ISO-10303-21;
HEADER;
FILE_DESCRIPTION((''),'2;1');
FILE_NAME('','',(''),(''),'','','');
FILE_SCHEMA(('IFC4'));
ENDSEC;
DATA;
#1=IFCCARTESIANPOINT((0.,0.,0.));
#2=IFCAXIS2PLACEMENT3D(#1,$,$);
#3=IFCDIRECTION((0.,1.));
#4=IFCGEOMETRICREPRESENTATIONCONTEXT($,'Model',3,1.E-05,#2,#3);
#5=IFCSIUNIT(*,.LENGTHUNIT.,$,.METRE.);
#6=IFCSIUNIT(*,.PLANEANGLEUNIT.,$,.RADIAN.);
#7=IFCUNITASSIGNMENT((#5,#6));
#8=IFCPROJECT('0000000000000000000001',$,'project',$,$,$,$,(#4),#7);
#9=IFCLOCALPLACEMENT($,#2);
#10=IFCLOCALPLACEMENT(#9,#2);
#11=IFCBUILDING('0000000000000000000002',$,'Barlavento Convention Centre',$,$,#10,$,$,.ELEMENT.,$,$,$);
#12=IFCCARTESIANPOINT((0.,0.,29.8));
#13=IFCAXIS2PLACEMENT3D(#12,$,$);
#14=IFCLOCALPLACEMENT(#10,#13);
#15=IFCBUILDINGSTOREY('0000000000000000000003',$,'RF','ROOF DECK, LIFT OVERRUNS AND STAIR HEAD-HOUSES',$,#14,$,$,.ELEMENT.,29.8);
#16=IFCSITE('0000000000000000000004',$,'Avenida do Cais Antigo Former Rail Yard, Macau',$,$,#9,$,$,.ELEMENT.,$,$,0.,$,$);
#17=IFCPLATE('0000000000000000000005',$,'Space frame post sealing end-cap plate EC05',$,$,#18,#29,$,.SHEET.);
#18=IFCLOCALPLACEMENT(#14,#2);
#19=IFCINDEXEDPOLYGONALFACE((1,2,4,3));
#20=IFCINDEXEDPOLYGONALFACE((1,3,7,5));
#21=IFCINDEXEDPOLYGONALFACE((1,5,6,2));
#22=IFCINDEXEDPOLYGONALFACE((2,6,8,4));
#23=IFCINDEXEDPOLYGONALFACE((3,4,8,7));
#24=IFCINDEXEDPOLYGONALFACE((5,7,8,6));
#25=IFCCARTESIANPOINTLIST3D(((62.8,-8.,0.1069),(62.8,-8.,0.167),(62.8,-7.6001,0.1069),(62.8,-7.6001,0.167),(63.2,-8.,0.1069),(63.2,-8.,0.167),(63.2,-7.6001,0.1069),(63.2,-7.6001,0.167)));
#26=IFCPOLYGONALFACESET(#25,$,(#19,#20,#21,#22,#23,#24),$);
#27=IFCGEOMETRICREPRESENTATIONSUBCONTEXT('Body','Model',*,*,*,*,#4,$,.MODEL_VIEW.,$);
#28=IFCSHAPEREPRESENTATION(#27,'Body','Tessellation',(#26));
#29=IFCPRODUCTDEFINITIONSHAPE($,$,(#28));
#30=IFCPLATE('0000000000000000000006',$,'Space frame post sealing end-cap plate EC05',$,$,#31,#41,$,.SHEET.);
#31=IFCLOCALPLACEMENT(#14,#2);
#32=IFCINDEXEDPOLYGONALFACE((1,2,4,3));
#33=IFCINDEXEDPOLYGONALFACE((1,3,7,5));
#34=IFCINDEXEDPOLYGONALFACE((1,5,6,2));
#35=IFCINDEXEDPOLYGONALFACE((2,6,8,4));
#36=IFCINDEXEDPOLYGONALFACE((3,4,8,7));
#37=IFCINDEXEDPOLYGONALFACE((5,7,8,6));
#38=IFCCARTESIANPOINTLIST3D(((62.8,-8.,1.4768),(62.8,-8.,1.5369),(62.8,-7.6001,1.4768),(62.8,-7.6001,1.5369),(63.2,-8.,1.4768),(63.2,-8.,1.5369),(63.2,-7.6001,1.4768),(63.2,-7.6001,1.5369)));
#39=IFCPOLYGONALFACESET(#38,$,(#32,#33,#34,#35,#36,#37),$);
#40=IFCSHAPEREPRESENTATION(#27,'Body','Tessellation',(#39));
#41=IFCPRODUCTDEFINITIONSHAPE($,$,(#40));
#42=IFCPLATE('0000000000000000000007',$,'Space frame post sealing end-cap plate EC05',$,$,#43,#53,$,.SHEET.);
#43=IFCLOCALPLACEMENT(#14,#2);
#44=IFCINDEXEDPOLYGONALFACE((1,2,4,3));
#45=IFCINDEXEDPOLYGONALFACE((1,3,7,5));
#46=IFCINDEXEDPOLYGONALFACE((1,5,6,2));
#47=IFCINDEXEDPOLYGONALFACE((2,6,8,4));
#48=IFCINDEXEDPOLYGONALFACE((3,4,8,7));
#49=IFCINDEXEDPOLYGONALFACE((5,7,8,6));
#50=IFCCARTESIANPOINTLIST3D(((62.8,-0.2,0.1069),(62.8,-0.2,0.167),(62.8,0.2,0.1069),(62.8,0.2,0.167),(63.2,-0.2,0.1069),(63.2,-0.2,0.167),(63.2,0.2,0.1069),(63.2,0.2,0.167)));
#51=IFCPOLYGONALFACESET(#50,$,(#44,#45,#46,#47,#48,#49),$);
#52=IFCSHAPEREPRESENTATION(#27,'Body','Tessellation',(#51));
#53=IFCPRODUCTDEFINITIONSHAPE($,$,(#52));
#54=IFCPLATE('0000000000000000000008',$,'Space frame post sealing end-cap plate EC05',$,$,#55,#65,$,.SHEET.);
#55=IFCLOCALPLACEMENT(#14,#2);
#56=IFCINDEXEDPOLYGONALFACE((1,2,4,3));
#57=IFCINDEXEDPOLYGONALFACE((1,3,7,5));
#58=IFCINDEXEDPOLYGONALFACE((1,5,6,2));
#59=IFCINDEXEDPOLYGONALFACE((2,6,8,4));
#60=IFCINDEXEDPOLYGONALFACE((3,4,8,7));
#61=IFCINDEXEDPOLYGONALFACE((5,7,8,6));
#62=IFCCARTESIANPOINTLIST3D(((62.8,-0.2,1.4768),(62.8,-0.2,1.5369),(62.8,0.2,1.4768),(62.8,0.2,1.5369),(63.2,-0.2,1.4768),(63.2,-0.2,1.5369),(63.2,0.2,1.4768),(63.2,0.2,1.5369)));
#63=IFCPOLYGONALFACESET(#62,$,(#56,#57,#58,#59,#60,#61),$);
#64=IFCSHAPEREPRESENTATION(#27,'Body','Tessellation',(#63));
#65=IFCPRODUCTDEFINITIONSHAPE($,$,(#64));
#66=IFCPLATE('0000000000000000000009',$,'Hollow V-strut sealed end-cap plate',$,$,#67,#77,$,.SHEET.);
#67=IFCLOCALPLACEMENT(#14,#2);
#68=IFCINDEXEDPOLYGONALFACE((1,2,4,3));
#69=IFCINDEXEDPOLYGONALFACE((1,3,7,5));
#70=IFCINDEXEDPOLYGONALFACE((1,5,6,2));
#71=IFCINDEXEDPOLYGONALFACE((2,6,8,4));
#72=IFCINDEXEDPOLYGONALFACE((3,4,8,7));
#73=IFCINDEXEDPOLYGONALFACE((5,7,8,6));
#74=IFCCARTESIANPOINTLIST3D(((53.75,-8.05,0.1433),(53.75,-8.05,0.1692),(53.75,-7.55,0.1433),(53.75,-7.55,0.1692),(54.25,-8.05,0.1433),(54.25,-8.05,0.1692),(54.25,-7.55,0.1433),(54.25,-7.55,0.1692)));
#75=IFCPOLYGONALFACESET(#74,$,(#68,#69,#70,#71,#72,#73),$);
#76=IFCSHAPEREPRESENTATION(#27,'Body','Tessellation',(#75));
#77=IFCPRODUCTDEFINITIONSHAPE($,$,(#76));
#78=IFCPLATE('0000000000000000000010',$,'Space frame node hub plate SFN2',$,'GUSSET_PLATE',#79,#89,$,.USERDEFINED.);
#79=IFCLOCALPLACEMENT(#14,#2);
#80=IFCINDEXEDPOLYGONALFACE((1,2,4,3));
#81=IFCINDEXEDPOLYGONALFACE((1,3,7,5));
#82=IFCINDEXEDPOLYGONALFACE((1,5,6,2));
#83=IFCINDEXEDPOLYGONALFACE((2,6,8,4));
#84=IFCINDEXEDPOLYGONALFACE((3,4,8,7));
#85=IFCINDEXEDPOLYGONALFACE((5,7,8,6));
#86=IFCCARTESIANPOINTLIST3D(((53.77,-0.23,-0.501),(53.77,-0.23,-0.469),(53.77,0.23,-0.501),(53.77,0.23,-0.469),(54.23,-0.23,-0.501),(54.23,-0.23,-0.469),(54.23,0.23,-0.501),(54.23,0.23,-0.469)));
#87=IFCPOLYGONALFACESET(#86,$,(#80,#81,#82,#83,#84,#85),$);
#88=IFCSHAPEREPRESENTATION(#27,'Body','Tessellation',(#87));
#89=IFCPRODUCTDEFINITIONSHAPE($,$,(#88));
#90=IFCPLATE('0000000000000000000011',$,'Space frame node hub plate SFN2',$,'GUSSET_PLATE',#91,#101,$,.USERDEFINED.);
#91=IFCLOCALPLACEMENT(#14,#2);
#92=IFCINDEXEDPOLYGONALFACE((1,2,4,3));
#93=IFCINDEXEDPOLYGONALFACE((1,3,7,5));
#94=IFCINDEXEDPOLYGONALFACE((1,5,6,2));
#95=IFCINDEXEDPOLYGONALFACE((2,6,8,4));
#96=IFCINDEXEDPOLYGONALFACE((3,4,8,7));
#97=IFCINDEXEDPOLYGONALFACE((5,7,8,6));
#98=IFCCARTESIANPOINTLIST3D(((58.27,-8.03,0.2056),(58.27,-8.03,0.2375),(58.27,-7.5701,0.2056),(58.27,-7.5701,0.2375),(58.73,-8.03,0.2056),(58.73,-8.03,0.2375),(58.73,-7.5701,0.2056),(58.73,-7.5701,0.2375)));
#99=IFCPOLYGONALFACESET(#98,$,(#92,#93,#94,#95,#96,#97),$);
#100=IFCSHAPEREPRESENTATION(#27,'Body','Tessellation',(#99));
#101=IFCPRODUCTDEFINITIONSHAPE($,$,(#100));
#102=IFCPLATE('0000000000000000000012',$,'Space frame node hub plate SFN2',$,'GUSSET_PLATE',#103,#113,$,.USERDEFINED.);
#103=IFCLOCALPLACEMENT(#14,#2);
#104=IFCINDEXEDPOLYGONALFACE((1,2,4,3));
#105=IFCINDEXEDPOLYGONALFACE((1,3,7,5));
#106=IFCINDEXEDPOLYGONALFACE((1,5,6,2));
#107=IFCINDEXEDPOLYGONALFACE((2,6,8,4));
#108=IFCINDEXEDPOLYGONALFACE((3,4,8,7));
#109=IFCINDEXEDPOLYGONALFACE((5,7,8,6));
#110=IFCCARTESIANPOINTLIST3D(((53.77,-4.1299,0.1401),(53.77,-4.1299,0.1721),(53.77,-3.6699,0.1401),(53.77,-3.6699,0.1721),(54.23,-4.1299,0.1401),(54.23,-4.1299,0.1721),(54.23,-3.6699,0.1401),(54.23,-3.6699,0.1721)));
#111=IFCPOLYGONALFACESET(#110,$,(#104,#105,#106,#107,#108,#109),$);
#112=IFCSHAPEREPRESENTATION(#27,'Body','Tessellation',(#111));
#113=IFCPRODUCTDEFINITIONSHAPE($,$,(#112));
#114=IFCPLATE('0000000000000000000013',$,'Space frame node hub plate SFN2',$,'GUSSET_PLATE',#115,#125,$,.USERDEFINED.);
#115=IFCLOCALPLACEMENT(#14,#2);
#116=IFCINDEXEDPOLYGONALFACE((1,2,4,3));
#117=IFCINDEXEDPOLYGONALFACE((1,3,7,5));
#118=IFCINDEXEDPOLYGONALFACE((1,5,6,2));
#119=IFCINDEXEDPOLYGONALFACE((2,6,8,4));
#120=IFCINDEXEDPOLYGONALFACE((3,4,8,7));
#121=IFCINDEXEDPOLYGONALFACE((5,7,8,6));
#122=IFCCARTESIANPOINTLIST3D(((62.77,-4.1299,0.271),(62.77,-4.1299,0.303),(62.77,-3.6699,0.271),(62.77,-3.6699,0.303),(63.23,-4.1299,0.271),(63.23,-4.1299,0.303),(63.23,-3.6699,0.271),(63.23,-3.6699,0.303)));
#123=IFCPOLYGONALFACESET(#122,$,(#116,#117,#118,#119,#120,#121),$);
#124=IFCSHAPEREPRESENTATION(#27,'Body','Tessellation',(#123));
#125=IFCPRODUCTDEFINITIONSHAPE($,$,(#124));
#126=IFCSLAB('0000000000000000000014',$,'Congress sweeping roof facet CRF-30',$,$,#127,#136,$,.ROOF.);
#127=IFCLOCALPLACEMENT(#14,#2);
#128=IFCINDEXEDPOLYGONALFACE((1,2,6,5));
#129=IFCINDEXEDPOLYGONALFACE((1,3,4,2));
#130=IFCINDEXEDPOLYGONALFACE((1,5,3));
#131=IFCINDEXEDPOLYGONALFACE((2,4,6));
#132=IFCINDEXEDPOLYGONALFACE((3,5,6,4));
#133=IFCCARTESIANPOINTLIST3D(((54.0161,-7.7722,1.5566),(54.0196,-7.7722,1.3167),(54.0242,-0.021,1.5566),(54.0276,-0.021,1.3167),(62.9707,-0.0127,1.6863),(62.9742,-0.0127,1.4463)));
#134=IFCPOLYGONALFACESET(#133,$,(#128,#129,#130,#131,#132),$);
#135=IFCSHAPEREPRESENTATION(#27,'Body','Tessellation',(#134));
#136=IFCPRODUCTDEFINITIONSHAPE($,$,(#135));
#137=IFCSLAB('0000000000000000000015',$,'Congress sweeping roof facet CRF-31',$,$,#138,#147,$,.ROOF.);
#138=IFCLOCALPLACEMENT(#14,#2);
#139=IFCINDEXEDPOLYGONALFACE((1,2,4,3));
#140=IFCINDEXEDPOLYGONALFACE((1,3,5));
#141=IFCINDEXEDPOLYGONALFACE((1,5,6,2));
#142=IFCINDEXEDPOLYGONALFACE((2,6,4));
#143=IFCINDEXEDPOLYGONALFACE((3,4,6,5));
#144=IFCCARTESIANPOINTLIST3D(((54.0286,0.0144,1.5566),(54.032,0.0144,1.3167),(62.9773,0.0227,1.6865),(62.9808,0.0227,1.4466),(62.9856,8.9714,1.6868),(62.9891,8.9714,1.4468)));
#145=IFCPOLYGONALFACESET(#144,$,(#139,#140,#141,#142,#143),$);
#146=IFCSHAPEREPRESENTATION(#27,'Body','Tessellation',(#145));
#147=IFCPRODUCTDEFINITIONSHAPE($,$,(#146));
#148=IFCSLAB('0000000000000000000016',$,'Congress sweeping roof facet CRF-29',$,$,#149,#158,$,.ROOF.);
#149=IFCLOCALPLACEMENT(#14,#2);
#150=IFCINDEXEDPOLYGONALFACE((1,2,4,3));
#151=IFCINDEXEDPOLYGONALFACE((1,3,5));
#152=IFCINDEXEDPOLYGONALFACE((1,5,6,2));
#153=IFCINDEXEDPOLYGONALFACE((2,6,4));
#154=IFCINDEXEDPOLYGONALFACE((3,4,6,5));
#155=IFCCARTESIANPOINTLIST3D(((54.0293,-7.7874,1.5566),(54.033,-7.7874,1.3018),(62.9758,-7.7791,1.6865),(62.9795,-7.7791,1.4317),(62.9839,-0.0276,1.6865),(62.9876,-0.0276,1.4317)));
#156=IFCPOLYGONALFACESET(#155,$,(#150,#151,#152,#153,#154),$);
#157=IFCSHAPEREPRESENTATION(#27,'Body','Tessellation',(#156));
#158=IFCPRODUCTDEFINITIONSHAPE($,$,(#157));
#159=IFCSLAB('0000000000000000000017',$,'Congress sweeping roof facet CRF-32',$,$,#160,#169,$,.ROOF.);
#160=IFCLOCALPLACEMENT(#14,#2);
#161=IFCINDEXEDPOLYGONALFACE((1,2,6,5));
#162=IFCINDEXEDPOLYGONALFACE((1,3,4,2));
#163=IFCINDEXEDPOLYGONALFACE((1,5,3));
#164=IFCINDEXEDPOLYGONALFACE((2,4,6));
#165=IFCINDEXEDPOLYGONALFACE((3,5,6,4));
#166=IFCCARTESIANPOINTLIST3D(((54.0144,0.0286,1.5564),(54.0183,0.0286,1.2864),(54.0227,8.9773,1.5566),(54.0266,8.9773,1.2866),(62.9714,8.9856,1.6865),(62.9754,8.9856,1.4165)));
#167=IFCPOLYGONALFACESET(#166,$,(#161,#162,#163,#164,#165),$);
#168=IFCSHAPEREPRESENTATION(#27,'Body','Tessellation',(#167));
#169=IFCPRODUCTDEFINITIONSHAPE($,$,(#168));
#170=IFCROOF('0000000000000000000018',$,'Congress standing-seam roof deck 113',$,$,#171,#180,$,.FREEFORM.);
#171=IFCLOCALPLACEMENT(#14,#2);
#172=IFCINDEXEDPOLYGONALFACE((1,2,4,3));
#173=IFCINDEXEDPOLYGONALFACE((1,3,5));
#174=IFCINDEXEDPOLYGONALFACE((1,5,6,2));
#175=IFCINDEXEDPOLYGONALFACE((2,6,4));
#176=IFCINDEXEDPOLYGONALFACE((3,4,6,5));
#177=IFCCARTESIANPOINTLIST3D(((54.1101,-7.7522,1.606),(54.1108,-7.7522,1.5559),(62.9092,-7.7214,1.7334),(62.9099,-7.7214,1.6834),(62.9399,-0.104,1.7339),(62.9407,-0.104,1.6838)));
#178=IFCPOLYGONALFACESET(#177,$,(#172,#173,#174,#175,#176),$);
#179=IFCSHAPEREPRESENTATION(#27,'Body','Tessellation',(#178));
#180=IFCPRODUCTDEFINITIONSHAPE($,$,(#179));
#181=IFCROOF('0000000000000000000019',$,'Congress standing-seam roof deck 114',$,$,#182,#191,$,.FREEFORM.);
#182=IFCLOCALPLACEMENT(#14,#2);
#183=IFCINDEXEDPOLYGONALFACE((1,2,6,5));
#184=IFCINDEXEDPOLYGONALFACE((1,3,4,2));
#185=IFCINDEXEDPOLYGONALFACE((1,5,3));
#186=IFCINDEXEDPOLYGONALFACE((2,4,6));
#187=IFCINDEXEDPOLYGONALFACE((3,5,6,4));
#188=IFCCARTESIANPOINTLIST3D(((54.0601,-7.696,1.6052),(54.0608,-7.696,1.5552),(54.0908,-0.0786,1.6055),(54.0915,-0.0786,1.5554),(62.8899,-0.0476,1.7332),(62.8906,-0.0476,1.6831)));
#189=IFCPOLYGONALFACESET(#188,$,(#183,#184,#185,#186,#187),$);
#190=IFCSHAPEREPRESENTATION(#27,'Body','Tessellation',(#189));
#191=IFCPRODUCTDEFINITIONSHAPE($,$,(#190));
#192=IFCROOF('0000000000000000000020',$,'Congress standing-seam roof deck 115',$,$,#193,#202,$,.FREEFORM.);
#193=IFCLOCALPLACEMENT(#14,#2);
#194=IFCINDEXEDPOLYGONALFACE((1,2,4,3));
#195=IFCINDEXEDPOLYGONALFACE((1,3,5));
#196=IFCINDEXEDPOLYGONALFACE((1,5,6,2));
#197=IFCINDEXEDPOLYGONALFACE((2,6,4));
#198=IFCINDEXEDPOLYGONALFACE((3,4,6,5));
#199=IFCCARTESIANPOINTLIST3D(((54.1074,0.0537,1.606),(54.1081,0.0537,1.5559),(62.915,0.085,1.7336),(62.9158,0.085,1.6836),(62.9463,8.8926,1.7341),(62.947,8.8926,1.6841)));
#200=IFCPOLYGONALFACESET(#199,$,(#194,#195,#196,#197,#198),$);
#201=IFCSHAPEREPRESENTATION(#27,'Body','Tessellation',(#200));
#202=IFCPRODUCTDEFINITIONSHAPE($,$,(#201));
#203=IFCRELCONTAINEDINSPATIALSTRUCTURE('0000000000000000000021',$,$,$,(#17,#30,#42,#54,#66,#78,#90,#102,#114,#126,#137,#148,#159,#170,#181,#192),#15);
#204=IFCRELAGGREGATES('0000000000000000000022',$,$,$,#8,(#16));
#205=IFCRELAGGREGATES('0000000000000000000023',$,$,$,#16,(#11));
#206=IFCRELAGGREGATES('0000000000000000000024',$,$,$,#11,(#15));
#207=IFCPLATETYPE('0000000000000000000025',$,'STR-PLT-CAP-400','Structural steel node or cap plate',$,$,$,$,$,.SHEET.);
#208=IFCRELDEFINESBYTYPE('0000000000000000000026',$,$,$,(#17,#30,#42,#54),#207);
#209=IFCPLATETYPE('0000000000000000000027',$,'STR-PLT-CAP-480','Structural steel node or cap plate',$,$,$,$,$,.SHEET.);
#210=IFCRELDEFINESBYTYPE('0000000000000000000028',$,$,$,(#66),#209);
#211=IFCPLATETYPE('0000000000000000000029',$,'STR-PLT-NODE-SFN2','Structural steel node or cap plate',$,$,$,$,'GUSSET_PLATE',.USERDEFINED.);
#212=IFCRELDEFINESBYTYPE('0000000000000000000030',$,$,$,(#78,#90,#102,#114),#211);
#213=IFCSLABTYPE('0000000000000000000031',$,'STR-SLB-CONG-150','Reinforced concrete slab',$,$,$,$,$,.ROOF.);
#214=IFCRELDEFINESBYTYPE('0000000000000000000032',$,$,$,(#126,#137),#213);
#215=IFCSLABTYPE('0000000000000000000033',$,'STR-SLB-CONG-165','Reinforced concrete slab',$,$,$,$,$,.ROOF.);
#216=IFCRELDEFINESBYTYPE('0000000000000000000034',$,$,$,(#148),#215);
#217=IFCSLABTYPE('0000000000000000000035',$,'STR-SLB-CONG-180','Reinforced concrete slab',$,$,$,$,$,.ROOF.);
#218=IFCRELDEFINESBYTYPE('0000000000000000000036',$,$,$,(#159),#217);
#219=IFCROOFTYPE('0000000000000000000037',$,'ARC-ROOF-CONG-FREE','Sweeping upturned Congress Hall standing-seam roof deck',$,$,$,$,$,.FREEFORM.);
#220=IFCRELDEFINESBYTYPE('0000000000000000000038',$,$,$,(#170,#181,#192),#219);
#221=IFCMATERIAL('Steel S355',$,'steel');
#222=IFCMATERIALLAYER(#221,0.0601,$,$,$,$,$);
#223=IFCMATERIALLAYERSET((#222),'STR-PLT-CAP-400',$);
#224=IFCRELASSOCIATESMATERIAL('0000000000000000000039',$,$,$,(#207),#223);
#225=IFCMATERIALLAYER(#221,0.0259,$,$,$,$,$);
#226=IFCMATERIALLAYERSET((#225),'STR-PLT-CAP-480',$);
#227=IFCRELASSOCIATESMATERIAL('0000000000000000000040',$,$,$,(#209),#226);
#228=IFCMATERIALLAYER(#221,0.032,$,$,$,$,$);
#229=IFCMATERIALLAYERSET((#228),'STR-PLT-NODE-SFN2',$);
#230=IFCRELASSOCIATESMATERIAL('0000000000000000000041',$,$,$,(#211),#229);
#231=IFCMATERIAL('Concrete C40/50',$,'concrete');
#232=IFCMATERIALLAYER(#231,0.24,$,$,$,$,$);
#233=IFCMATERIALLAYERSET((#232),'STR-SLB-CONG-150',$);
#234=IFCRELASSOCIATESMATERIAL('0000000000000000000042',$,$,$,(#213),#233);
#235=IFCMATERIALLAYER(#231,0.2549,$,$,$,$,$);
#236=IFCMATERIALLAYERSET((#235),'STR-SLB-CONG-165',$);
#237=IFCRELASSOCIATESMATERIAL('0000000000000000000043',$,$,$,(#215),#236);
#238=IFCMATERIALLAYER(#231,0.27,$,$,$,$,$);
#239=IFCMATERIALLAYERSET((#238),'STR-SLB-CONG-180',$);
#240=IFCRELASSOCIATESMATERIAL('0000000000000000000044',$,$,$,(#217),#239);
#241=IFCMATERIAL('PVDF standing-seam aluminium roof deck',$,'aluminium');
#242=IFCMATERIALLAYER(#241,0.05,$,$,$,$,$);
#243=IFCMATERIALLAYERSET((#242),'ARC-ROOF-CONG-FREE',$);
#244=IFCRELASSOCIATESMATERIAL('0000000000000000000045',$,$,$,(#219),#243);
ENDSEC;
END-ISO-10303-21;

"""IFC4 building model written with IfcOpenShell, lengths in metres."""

from ifc_helpers import new_model, si_unit, direction, frame, origin, origin_2d, place, context, subcontext, project, spatial, polyline, rectangle, outline, extrude, material, layer, layer_set, type_object, element, save


model = new_model("IFC4")

# Units and contexts
model_context = context("Model", 3, precision=1e-05, world=origin(), true_north=direction((0.0, 1.0)))
body_context = subcontext(model_context, "Body", "Model", "MODEL_VIEW")
ifc_project = project(units=[si_unit("LENGTHUNIT", "METRE"), si_unit("PLANEANGLEUNIT", "RADIAN")], contexts=[model_context])

# Site, building, storey
site_placement = place(None, origin())
site = spatial("IfcSite", under=ifc_project, at=site_placement, Name="Avenida do Cais Antigo Former Rail Yard, Macau", CompositionType="ELEMENT", RefElevation=0.0)
building_placement = place(site_placement, origin())
building = spatial("IfcBuilding", under=site, at=building_placement, Name="Barlavento Convention Centre", CompositionType="ELEMENT")
storey_placement = place(building_placement, frame((0.0, 0.0, 29.8)))
storey = spatial("IfcBuildingStorey", under=building, at=storey_placement, Name="RF", Description="ROOF DECK, LIFT OVERRUNS AND STAIR HEAD-HOUSES", CompositionType="ELEMENT", Elevation=29.8)

# Shared definitions
ifc_material_1 = material(Name="Steel S355", Category="steel")

# Plates
ifc_layer_1 = layer(ifc_material_1, 0.0601)
ifc_layer_set_1 = layer_set([ifc_layer_1], Name="STR-PLT-CAP-400")
plate_type_1 = type_object("IfcPlateType", Name="STR-PLT-CAP-400", Description="Structural steel node or cap plate", PredefinedType="SHEET", material=ifc_layer_set_1)
for number, where, z_axis, x_axis, name in (
    (1, (63.0, -7.8, 0.1069), (0.0, 0.0, 1.0), (1.0, 0.0, 0.0), "Space frame post sealing end-cap plate EC05"),
    (2, (63.0, -7.8, 1.4768), (0.0, 0.0, 1.0), (1.0, 0.0, 0.0), "Space frame post sealing end-cap plate EC05"),
    (3, (63.0, 0.0, 0.1069), (0.0, 0.0, 1.0), (1.0, 0.0, 0.0), "Space frame post sealing end-cap plate EC05"),
    (4, (63.0, 0.0, 1.4768), (0.0, 0.0, 1.0), (1.0, 0.0, 0.0), "Space frame post sealing end-cap plate EC05"),
):
    element("IfcPlate", number, at=place(storey_placement, frame(where, z_axis=z_axis, x_axis=x_axis)), inside=storey, type_object=plate_type_1, Name=name, PredefinedType="SHEET", context=body_context, shape_type="SweptSolid", body=[
        extrude(rectangle(XDim=0.3999, YDim=0.3999, at=origin_2d()), origin(), (0.0, 0.0, 1.0), 0.0601),
    ])
ifc_layer_2 = layer(ifc_material_1, 0.0259)
ifc_layer_set_2 = layer_set([ifc_layer_2], Name="STR-PLT-CAP-480")
plate_type_2 = type_object("IfcPlateType", Name="STR-PLT-CAP-480", Description="Structural steel node or cap plate", PredefinedType="SHEET", material=ifc_layer_set_2)
plate_placement = place(storey_placement, frame((54.0, -7.8, 0.1433), z_axis=(0.0, 0.0, 1.0), x_axis=(1.0, 0.0, 0.0)))
element("IfcPlate", 5, at=plate_placement, inside=storey, type_object=plate_type_2, Name="Hollow V-strut sealed end-cap plate", PredefinedType="SHEET", context=body_context, shape_type="SweptSolid", body=[
    extrude(rectangle(XDim=0.5, YDim=0.5, at=origin_2d()), origin(), (0.0, 0.0, 1.0), 0.0259),
])
ifc_layer_3 = layer(ifc_material_1, 0.032)
ifc_layer_set_3 = layer_set([ifc_layer_3], Name="STR-PLT-NODE-SFN2")
plate_type_3 = type_object("IfcPlateType", Name="STR-PLT-NODE-SFN2", Description="Structural steel node or cap plate", ElementType="GUSSET_PLATE", PredefinedType="USERDEFINED", material=ifc_layer_set_3)
for number, where, z_axis, x_axis, name in (
    (6, (54.0, 0.0, -0.501), (0.0, 0.0, 1.0), (1.0, 0.0, 0.0), "Space frame node hub plate SFN2"),
    (7, (58.5, -7.8, 0.2056), (0.0, 0.0, 1.0), (1.0, 0.0, 0.0), "Space frame node hub plate SFN2"),
    (8, (54.0, -3.8999, 0.1401), (0.0, 0.0, 1.0), (1.0, 0.0, 0.0), "Space frame node hub plate SFN2"),
    (9, (63.0, -3.8999, 0.271), (0.0, 0.0, 1.0), (1.0, 0.0, 0.0), "Space frame node hub plate SFN2"),
):
    element("IfcPlate", number, at=place(storey_placement, frame(where, z_axis=z_axis, x_axis=x_axis)), inside=storey, type_object=plate_type_3, Name=name, ObjectType="GUSSET_PLATE", PredefinedType="USERDEFINED", context=body_context, shape_type="SweptSolid", body=[
        extrude(rectangle(XDim=0.46, YDim=0.46, at=origin_2d()), origin(), (0.0, 0.0, 1.0), 0.032),
    ])

# Slabs
ifc_material_2 = material(Name="Concrete C40/50", Category="concrete")
ifc_layer_4 = layer(ifc_material_2, 0.24)
ifc_layer_set_4 = layer_set([ifc_layer_4], Name="STR-SLB-CONG-150")
slab_type_1 = type_object("IfcSlabType", Name="STR-SLB-CONG-150", Description="Reinforced concrete slab", PredefinedType="ROOF", material=ifc_layer_set_4)
slab_1_placement = place(storey_placement, frame((54.0161, -7.7722, 1.5566), z_axis=(-0.014489, 0.000015, 0.999895), x_axis=(0.755691, 0.654837, 0.01094)))
element("IfcSlab", 10, at=slab_1_placement, inside=storey, type_object=slab_type_1, Name="Congress sweeping roof facet CRF-30", PredefinedType="ROOF", context=body_context, shape_type="SweptSolid", body=[
    extrude(outline(polyline([(0.0, 0.0), (11.8495, 0.0), (5.0819, 5.8529), (0.0, 0.0)])), origin(), (0.0, 0.0, -1.0), 0.24),
])
slab_2_placement = place(storey_placement, frame((54.0286, 0.0144, 1.5566), z_axis=(-0.014513, -0.000014, 0.999895), x_axis=(0.999894, 0.000927, 0.014513)))
element("IfcSlab", 11, at=slab_2_placement, inside=storey, type_object=slab_type_1, Name="Congress sweeping roof facet CRF-31", PredefinedType="ROOF", context=body_context, shape_type="SweptSolid", body=[
    extrude(outline(polyline([(0.0, 0.0), (8.9497, 0.0), (8.9663, 8.9487), (0.0, 0.0)])), origin(), (0.0, 0.0, -1.0), 0.24),
])
ifc_layer_5 = layer(ifc_material_2, 0.2549)
ifc_layer_set_5 = layer_set([ifc_layer_5], Name="STR-SLB-CONG-165")
slab_type_2 = type_object("IfcSlabType", Name="STR-SLB-CONG-165", Description="Reinforced concrete slab", PredefinedType="ROOF", material=ifc_layer_set_5)
slab_3_placement = place(storey_placement, frame((54.0293, -7.7874, 1.5566), z_axis=(-0.014516, 0.000015, 0.999895), x_axis=(0.999894, 0.000928, 0.014516)))
element("IfcSlab", 12, at=slab_3_placement, inside=storey, type_object=slab_type_2, Name="Congress sweeping roof facet CRF-29", PredefinedType="ROOF", context=body_context, shape_type="SweptSolid", body=[
    extrude(outline(polyline([(0.0, 0.0), (8.9475, 0.0), (8.9627, 7.7515), (0.0, 0.0)])), origin(), (0.0, 0.0, -1.0), 0.2549),
])
ifc_layer_6 = layer(ifc_material_2, 0.27)
ifc_layer_set_6 = layer_set([ifc_layer_6], Name="STR-SLB-CONG-180")
slab_type_3 = type_object("IfcSlabType", Name="STR-SLB-CONG-180", Description="Reinforced concrete slab", PredefinedType="ROOF", material=ifc_layer_set_6)
slab_4_placement = place(storey_placement, frame((54.0144, 0.0286, 1.5564), z_axis=(-0.014513, -0.000014, 0.999895), x_axis=(0.707069, 0.707069, 0.010272)))
element("IfcSlab", 13, at=slab_4_placement, inside=storey, type_object=slab_type_3, Name="Congress sweeping roof facet CRF-32", PredefinedType="ROOF", context=body_context, shape_type="SweptSolid", body=[
    extrude(outline(polyline([(0.0, 0.0), (12.6678, 0.0), (6.3332, 6.3222), (0.0, 0.0)])), origin(), (0.0, 0.0, -1.0), 0.27),
])

# Roofs
ifc_material_3 = material(Name="PVDF standing-seam aluminium roof deck", Category="aluminium")
ifc_layer_7 = layer(ifc_material_3, 0.05)
ifc_layer_set_7 = layer_set([ifc_layer_7], Name="ARC-ROOF-CONG-FREE")
roof_type = type_object("IfcRoofType", Name="ARC-ROOF-CONG-FREE", Description="Sweeping upturned Congress Hall standing-seam roof deck", PredefinedType="FREEFORM", material=ifc_layer_set_7)
roof_1_placement = place(storey_placement, frame((54.1101, -7.7522, 1.606), z_axis=(-0.014482, -0.000006, 0.999895), x_axis=(0.999889, 0.003496, 0.014482)))
element("IfcRoof", 14, at=roof_1_placement, inside=storey, type_object=roof_type, Name="Congress standing-seam roof deck 113", PredefinedType="FREEFORM", context=body_context, shape_type="SweptSolid", body=[
    extrude(outline(polyline([(0.0, 0.0), (8.8, 0.0), (8.8574, 7.6173), (0.0, 0.0)])), origin(), (0.0, 0.0, -1.0), 0.05),
])
roof_2_placement = place(storey_placement, frame((54.0601, -7.696, 1.6052), z_axis=(-0.01451, 0.000027, 0.999895), x_axis=(0.755817, 0.654692, 0.010951)))
element("IfcRoof", 15, at=roof_2_placement, inside=storey, type_object=roof_type, Name="Congress standing-seam roof deck 114", PredefinedType="FREEFORM", context=body_context, shape_type="SweptSolid", body=[
    extrude(outline(polyline([(0.0, 0.0), (11.6825, 0.0), (5.0103, 5.7378), (0.0, 0.0)])), origin(), (0.0, 0.0, -1.0), 0.05),
])
roof_3_placement = place(storey_placement, frame((54.1074, 0.0537, 1.606), z_axis=(-0.014496, -0.000004, 0.999895), x_axis=(0.999889, 0.003548, 0.014496)))
element("IfcRoof", 16, at=roof_3_placement, inside=storey, type_object=roof_type, Name="Congress standing-seam roof deck 115", PredefinedType="FREEFORM", context=body_context, shape_type="SweptSolid", body=[
    extrude(outline(polyline([(0.0, 0.0), (8.8086, 0.0), (8.8711, 8.8075), (0.0, 0.0)])), origin(), (0.0, 0.0, -1.0), 0.05),
])

save(model, "model.ifc")
